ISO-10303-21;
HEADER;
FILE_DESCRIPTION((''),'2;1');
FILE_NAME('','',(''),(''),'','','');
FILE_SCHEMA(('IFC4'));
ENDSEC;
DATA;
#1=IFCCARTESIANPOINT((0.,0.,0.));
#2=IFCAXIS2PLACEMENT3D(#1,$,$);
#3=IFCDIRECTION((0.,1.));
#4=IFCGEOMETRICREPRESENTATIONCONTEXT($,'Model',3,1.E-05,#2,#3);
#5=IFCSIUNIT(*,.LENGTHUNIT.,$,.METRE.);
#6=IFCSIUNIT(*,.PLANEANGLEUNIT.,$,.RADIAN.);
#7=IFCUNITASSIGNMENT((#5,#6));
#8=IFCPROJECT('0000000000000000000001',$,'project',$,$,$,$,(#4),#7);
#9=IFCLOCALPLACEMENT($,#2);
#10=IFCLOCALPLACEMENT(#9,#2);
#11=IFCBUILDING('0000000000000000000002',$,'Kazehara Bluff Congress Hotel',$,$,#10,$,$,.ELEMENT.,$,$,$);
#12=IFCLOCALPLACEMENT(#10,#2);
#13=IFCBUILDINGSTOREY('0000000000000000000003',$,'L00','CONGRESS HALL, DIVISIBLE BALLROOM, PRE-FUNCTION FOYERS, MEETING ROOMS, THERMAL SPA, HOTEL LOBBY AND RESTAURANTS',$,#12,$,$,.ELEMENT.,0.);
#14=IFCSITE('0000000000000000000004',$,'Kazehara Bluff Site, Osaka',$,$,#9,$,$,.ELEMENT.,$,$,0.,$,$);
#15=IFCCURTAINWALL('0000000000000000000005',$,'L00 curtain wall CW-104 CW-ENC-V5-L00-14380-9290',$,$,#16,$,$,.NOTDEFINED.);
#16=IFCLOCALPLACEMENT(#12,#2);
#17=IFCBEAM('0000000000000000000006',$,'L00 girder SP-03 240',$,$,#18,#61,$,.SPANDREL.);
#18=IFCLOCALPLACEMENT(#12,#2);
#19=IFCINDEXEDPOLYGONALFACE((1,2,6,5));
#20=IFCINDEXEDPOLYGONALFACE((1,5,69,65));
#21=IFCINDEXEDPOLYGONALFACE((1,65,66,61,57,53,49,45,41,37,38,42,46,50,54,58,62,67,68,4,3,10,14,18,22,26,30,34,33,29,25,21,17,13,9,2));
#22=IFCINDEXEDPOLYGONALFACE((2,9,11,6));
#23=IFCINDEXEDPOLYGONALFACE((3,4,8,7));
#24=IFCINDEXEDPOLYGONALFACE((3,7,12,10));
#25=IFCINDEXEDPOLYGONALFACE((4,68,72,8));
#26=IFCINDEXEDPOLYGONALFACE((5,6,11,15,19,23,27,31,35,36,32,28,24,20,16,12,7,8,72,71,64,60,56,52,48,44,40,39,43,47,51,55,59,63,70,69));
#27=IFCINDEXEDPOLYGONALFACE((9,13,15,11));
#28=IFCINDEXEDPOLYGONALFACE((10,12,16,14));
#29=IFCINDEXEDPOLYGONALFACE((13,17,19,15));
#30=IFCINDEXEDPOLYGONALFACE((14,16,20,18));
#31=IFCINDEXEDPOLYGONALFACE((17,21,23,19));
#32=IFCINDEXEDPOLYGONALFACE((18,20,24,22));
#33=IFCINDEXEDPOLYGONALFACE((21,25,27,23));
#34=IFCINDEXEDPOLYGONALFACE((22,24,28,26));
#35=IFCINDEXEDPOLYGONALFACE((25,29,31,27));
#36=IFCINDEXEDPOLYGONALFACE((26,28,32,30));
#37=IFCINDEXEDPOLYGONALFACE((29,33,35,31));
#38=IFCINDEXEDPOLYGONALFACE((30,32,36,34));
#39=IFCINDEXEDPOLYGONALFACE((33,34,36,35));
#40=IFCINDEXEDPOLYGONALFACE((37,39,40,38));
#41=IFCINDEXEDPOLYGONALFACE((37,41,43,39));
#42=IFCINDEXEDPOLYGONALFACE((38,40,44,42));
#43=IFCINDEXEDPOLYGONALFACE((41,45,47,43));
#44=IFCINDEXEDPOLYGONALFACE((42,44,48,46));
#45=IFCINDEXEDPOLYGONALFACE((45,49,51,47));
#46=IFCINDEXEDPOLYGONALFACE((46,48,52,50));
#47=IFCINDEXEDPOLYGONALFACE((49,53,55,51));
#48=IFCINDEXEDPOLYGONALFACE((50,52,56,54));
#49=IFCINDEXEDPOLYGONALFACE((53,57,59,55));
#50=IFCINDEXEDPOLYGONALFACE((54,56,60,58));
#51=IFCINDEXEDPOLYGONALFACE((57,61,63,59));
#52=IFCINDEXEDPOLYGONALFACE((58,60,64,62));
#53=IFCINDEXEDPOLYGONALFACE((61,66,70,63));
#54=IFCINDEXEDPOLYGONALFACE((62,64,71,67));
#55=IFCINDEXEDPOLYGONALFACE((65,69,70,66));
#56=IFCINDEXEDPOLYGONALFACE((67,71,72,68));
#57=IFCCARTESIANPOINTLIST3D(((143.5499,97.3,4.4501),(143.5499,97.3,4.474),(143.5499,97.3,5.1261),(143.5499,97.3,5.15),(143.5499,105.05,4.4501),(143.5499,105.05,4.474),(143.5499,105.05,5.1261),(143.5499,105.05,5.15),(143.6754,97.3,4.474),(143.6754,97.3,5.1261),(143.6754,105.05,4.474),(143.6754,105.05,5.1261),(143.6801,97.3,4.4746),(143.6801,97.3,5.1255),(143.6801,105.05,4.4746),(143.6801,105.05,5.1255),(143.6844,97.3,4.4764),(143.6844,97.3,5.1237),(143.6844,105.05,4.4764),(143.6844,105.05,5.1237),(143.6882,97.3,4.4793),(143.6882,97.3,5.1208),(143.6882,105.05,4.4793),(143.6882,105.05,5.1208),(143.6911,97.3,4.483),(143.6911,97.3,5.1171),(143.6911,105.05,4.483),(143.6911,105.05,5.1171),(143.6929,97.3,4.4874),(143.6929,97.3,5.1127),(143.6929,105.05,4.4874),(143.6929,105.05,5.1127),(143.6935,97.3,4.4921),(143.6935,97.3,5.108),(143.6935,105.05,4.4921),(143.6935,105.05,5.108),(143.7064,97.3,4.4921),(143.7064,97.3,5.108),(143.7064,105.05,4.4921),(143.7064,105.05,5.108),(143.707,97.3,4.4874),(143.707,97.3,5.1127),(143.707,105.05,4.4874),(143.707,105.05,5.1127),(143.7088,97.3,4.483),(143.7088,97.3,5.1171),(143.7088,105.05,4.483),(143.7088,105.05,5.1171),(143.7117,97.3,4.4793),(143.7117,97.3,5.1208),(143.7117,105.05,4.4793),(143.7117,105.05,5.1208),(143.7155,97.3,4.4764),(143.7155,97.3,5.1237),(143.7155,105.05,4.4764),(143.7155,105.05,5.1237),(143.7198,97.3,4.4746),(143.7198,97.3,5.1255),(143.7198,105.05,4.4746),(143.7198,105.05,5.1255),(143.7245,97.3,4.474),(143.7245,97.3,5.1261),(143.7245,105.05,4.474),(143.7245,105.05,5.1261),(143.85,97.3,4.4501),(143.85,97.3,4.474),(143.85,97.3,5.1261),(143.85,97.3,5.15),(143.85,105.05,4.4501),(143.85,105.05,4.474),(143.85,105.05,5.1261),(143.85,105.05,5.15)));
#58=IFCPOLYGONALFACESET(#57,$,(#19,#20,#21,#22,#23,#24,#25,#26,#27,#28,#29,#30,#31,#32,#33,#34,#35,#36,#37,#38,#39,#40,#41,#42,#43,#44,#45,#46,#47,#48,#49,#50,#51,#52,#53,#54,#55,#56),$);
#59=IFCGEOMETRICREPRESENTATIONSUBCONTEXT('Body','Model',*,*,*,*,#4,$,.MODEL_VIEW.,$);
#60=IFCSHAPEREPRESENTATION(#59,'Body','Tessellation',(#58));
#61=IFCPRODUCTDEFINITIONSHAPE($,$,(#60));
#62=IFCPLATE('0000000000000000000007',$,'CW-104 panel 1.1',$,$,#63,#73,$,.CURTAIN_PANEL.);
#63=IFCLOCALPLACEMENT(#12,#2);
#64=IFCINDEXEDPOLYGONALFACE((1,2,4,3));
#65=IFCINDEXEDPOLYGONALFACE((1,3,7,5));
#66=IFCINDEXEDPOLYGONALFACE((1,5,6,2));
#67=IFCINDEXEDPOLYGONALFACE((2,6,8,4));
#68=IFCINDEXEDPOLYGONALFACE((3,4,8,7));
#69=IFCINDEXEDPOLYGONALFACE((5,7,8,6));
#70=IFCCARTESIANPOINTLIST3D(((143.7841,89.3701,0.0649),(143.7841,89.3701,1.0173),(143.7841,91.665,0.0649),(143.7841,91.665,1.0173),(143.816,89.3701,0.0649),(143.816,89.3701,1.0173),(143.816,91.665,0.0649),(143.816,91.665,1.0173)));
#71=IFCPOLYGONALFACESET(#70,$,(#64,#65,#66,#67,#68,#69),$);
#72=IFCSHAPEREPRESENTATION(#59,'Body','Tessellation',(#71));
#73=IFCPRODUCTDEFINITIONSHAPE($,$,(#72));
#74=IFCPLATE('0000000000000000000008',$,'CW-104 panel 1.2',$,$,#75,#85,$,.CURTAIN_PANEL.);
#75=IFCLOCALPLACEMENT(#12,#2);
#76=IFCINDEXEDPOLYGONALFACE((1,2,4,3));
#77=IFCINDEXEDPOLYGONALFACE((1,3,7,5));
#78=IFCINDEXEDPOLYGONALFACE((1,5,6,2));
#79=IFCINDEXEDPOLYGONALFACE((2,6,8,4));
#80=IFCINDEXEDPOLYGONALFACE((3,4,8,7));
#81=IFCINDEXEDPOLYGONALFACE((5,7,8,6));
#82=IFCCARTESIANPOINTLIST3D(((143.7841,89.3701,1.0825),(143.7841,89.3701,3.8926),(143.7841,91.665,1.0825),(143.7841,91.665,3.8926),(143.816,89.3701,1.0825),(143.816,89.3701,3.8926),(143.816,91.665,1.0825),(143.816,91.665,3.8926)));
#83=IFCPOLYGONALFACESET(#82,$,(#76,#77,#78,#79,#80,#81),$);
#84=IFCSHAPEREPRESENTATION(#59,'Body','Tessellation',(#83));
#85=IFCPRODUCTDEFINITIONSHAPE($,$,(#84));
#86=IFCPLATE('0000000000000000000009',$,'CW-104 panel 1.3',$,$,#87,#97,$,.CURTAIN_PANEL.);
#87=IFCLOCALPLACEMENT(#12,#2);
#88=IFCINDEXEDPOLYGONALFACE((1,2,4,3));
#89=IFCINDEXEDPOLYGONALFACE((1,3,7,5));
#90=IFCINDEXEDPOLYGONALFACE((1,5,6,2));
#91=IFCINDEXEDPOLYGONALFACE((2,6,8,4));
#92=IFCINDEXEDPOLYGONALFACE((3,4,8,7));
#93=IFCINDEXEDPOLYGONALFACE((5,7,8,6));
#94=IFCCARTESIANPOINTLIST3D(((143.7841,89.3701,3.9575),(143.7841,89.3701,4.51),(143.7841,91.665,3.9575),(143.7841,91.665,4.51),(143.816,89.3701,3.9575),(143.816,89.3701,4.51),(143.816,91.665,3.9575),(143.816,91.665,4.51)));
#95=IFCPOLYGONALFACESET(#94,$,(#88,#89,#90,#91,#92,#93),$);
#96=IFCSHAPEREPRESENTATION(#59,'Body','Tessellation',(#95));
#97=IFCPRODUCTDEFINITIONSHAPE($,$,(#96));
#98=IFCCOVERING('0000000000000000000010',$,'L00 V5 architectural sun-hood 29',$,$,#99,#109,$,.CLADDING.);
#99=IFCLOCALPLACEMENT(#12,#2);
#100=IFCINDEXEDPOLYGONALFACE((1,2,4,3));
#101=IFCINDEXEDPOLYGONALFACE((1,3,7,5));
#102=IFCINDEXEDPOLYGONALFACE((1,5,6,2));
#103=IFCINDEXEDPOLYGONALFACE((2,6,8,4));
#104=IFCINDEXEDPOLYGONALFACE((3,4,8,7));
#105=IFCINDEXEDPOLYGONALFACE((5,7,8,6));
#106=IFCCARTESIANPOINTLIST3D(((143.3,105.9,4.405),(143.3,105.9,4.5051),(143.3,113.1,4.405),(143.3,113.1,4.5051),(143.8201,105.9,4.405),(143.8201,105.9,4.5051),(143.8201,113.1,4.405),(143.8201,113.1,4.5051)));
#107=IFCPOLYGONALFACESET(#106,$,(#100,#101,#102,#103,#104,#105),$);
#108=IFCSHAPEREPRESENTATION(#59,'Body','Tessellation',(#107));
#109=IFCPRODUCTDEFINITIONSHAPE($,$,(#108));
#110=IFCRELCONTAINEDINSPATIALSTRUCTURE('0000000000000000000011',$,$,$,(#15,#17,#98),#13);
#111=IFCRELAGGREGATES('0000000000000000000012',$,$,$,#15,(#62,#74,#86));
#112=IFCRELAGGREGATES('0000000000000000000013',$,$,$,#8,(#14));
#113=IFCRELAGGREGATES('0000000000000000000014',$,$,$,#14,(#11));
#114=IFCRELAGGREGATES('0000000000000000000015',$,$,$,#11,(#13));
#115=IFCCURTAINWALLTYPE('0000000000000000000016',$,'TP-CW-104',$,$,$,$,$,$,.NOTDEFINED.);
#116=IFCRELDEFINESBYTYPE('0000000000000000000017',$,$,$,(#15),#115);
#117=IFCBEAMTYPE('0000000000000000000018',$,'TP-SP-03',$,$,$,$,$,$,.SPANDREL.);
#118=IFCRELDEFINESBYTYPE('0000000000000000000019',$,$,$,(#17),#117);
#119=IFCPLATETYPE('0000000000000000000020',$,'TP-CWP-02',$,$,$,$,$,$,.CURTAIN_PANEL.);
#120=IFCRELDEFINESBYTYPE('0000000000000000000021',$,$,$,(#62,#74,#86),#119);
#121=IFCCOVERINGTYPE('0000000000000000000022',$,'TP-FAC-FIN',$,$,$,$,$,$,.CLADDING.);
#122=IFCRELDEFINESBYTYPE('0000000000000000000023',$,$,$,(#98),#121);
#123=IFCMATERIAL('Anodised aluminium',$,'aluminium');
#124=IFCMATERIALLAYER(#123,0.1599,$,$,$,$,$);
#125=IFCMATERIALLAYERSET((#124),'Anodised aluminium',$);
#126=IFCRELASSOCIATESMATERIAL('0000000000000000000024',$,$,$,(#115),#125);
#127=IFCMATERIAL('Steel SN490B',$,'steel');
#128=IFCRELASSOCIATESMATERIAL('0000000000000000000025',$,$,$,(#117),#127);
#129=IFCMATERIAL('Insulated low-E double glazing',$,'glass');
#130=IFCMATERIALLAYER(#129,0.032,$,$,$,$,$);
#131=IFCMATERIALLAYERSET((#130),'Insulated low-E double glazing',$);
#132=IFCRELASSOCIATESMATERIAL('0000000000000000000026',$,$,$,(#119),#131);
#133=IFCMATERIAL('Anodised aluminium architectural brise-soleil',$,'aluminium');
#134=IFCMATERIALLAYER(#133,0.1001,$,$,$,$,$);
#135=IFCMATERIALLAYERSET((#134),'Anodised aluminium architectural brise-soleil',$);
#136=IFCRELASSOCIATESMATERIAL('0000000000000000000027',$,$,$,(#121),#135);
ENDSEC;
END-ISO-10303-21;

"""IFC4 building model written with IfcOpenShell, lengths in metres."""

from ifc_helpers import new_model, si_unit, direction, frame, origin, origin_2d, place, context, subcontext, project, spatial, rectangle, i_section, extrude, material, layer, layer_set, material_profile, profile_set, type_object, element, aggregate, save


model = new_model("IFC4")

# Units and contexts
model_context = context("Model", 3, precision=1e-05, world=origin(), true_north=direction((0.0, 1.0)))
body_context = subcontext(model_context, "Body", "Model", "MODEL_VIEW")
ifc_project = project(units=[si_unit("LENGTHUNIT", "METRE"), si_unit("PLANEANGLEUNIT", "RADIAN")], contexts=[model_context])

# Site, building, storey
site_placement = place(None, origin())
site = spatial("IfcSite", under=ifc_project, at=site_placement, Name="Kazehara Bluff Site, Osaka", CompositionType="ELEMENT", RefElevation=0.0)
building_placement = place(site_placement, origin())
building = spatial("IfcBuilding", under=site, at=building_placement, Name="Kazehara Bluff Congress Hotel", CompositionType="ELEMENT")
storey_placement = place(building_placement, origin())
storey = spatial("IfcBuildingStorey", under=building, at=storey_placement, Name="L00", Description="CONGRESS HALL, DIVISIBLE BALLROOM, PRE-FUNCTION FOYERS, MEETING ROOMS, THERMAL SPA, HOTEL LOBBY AND RESTAURANTS", CompositionType="ELEMENT", Elevation=0.0)

# Curtain wall
ifc_material_1 = material(Name="Anodised aluminium", Category="aluminium")
ifc_layer_1 = layer(ifc_material_1, 0.1599)
ifc_layer_set_1 = layer_set([ifc_layer_1], Name="Anodised aluminium")
curtain_wall_type = type_object("IfcCurtainWallType", Name="TP-CW-104", PredefinedType="NOTDEFINED", material=ifc_layer_set_1)
curtain_wall_placement = place(storey_placement, origin())
curtain_wall = element("IfcCurtainWall", 1, at=curtain_wall_placement, inside=storey, type_object=curtain_wall_type, Name="L00 curtain wall CW-104 CW-ENC-V5-L00-14380-9290", PredefinedType="NOTDEFINED")

# Beam
ifc_material_2 = material(Name="Steel SN490B", Category="steel")
ifc_material_profile_1 = material_profile(ifc_material_2, i_section(OverallWidth=0.3, OverallDepth=0.7, WebThickness=0.0129, FlangeThickness=0.0239, FilletRadius=0.0181, at=origin_2d()))
ifc_profile_set_1 = profile_set([ifc_material_profile_1], Name="Steel SN490B")
beam_type_1 = type_object("IfcBeamType", Name="TP-SP-03", PredefinedType="SPANDREL", material=ifc_profile_set_1)
beam_1_placement = place(storey_placement, frame((143.7, 97.3, 4.8), z_axis=(0.0, 1.0, 0.0), x_axis=(-1.0, 0.0, 0.0)))
element("IfcBeam", 2, at=beam_1_placement, inside=storey, type_object=beam_type_1, Name="L00 girder SP-03 240", PredefinedType="SPANDREL", context=body_context, shape_type="SweptSolid", body=[
    extrude(i_section(OverallWidth=0.3, OverallDepth=0.7, WebThickness=0.0129, FlangeThickness=0.0239, FilletRadius=0.0181, at=origin_2d()), origin(), (0.0, 0.0, 1.0), 7.75),
])

# Plates
ifc_material_3 = material(Name="Insulated low-E double glazing", Category="glass")
ifc_layer_2 = layer(ifc_material_3, 0.032)
ifc_layer_set_2 = layer_set([ifc_layer_2], Name="Insulated low-E double glazing")
plate_type = type_object("IfcPlateType", Name="TP-CWP-02", PredefinedType="CURTAIN_PANEL", material=ifc_layer_set_2)
plate_1_placement = place(storey_placement, frame((143.8, 90.5176, 0.0649), z_axis=(0.0, 0.0, 1.0), x_axis=(0.0, 1.0, 0.0)))
plate_1 = element("IfcPlate", 3, at=plate_1_placement, type_object=plate_type, Name="CW-104 panel 1.1", PredefinedType="CURTAIN_PANEL", context=body_context, shape_type="SweptSolid", body=[
    extrude(rectangle(XDim=2.2949, YDim=0.032, at=origin_2d()), origin(), (0.0, 0.0, 1.0), 0.9524),
])
plate_2_placement = place(storey_placement, frame((143.8, 90.5176, 1.0825), z_axis=(0.0, 0.0, 1.0), x_axis=(0.0, 1.0, 0.0)))
plate_2 = element("IfcPlate", 4, at=plate_2_placement, type_object=plate_type, Name="CW-104 panel 1.2", PredefinedType="CURTAIN_PANEL", context=body_context, shape_type="SweptSolid", body=[
    extrude(rectangle(XDim=2.2949, YDim=0.032, at=origin_2d()), origin(), (0.0, 0.0, 1.0), 2.8101),
])
plate_3_placement = place(storey_placement, frame((143.8, 90.5176, 3.9575), z_axis=(0.0, 0.0, 1.0), x_axis=(0.0, 1.0, 0.0)))
plate_3 = element("IfcPlate", 5, at=plate_3_placement, type_object=plate_type, Name="CW-104 panel 1.3", PredefinedType="CURTAIN_PANEL", context=body_context, shape_type="SweptSolid", body=[
    extrude(rectangle(XDim=2.2949, YDim=0.032, at=origin_2d()), origin(), (0.0, 0.0, 1.0), 0.5525),
])
aggregate(curtain_wall, [plate_1, plate_2, plate_3])

# Covering
ifc_material_4 = material(Name="Anodised aluminium architectural brise-soleil", Category="aluminium")
ifc_layer_3 = layer(ifc_material_4, 0.1001)
ifc_layer_set_3 = layer_set([ifc_layer_3], Name="Anodised aluminium architectural brise-soleil")
covering_type = type_object("IfcCoveringType", Name="TP-FAC-FIN", PredefinedType="CLADDING", material=ifc_layer_set_3)
covering_placement = place(storey_placement, frame((143.5601, 109.5, 4.405), z_axis=(0.0, 0.0, 1.0), x_axis=(1.0, 0.0, 0.0)))
element("IfcCovering", 6, at=covering_placement, inside=storey, type_object=covering_type, Name="L00 V5 architectural sun-hood 29", PredefinedType="CLADDING", context=body_context, shape_type="SweptSolid", body=[
    extrude(rectangle(XDim=0.52, YDim=7.2, at=origin_2d()), origin(), (0.0, 0.0, 1.0), 0.1001),
])

save(model, "model.ifc")
